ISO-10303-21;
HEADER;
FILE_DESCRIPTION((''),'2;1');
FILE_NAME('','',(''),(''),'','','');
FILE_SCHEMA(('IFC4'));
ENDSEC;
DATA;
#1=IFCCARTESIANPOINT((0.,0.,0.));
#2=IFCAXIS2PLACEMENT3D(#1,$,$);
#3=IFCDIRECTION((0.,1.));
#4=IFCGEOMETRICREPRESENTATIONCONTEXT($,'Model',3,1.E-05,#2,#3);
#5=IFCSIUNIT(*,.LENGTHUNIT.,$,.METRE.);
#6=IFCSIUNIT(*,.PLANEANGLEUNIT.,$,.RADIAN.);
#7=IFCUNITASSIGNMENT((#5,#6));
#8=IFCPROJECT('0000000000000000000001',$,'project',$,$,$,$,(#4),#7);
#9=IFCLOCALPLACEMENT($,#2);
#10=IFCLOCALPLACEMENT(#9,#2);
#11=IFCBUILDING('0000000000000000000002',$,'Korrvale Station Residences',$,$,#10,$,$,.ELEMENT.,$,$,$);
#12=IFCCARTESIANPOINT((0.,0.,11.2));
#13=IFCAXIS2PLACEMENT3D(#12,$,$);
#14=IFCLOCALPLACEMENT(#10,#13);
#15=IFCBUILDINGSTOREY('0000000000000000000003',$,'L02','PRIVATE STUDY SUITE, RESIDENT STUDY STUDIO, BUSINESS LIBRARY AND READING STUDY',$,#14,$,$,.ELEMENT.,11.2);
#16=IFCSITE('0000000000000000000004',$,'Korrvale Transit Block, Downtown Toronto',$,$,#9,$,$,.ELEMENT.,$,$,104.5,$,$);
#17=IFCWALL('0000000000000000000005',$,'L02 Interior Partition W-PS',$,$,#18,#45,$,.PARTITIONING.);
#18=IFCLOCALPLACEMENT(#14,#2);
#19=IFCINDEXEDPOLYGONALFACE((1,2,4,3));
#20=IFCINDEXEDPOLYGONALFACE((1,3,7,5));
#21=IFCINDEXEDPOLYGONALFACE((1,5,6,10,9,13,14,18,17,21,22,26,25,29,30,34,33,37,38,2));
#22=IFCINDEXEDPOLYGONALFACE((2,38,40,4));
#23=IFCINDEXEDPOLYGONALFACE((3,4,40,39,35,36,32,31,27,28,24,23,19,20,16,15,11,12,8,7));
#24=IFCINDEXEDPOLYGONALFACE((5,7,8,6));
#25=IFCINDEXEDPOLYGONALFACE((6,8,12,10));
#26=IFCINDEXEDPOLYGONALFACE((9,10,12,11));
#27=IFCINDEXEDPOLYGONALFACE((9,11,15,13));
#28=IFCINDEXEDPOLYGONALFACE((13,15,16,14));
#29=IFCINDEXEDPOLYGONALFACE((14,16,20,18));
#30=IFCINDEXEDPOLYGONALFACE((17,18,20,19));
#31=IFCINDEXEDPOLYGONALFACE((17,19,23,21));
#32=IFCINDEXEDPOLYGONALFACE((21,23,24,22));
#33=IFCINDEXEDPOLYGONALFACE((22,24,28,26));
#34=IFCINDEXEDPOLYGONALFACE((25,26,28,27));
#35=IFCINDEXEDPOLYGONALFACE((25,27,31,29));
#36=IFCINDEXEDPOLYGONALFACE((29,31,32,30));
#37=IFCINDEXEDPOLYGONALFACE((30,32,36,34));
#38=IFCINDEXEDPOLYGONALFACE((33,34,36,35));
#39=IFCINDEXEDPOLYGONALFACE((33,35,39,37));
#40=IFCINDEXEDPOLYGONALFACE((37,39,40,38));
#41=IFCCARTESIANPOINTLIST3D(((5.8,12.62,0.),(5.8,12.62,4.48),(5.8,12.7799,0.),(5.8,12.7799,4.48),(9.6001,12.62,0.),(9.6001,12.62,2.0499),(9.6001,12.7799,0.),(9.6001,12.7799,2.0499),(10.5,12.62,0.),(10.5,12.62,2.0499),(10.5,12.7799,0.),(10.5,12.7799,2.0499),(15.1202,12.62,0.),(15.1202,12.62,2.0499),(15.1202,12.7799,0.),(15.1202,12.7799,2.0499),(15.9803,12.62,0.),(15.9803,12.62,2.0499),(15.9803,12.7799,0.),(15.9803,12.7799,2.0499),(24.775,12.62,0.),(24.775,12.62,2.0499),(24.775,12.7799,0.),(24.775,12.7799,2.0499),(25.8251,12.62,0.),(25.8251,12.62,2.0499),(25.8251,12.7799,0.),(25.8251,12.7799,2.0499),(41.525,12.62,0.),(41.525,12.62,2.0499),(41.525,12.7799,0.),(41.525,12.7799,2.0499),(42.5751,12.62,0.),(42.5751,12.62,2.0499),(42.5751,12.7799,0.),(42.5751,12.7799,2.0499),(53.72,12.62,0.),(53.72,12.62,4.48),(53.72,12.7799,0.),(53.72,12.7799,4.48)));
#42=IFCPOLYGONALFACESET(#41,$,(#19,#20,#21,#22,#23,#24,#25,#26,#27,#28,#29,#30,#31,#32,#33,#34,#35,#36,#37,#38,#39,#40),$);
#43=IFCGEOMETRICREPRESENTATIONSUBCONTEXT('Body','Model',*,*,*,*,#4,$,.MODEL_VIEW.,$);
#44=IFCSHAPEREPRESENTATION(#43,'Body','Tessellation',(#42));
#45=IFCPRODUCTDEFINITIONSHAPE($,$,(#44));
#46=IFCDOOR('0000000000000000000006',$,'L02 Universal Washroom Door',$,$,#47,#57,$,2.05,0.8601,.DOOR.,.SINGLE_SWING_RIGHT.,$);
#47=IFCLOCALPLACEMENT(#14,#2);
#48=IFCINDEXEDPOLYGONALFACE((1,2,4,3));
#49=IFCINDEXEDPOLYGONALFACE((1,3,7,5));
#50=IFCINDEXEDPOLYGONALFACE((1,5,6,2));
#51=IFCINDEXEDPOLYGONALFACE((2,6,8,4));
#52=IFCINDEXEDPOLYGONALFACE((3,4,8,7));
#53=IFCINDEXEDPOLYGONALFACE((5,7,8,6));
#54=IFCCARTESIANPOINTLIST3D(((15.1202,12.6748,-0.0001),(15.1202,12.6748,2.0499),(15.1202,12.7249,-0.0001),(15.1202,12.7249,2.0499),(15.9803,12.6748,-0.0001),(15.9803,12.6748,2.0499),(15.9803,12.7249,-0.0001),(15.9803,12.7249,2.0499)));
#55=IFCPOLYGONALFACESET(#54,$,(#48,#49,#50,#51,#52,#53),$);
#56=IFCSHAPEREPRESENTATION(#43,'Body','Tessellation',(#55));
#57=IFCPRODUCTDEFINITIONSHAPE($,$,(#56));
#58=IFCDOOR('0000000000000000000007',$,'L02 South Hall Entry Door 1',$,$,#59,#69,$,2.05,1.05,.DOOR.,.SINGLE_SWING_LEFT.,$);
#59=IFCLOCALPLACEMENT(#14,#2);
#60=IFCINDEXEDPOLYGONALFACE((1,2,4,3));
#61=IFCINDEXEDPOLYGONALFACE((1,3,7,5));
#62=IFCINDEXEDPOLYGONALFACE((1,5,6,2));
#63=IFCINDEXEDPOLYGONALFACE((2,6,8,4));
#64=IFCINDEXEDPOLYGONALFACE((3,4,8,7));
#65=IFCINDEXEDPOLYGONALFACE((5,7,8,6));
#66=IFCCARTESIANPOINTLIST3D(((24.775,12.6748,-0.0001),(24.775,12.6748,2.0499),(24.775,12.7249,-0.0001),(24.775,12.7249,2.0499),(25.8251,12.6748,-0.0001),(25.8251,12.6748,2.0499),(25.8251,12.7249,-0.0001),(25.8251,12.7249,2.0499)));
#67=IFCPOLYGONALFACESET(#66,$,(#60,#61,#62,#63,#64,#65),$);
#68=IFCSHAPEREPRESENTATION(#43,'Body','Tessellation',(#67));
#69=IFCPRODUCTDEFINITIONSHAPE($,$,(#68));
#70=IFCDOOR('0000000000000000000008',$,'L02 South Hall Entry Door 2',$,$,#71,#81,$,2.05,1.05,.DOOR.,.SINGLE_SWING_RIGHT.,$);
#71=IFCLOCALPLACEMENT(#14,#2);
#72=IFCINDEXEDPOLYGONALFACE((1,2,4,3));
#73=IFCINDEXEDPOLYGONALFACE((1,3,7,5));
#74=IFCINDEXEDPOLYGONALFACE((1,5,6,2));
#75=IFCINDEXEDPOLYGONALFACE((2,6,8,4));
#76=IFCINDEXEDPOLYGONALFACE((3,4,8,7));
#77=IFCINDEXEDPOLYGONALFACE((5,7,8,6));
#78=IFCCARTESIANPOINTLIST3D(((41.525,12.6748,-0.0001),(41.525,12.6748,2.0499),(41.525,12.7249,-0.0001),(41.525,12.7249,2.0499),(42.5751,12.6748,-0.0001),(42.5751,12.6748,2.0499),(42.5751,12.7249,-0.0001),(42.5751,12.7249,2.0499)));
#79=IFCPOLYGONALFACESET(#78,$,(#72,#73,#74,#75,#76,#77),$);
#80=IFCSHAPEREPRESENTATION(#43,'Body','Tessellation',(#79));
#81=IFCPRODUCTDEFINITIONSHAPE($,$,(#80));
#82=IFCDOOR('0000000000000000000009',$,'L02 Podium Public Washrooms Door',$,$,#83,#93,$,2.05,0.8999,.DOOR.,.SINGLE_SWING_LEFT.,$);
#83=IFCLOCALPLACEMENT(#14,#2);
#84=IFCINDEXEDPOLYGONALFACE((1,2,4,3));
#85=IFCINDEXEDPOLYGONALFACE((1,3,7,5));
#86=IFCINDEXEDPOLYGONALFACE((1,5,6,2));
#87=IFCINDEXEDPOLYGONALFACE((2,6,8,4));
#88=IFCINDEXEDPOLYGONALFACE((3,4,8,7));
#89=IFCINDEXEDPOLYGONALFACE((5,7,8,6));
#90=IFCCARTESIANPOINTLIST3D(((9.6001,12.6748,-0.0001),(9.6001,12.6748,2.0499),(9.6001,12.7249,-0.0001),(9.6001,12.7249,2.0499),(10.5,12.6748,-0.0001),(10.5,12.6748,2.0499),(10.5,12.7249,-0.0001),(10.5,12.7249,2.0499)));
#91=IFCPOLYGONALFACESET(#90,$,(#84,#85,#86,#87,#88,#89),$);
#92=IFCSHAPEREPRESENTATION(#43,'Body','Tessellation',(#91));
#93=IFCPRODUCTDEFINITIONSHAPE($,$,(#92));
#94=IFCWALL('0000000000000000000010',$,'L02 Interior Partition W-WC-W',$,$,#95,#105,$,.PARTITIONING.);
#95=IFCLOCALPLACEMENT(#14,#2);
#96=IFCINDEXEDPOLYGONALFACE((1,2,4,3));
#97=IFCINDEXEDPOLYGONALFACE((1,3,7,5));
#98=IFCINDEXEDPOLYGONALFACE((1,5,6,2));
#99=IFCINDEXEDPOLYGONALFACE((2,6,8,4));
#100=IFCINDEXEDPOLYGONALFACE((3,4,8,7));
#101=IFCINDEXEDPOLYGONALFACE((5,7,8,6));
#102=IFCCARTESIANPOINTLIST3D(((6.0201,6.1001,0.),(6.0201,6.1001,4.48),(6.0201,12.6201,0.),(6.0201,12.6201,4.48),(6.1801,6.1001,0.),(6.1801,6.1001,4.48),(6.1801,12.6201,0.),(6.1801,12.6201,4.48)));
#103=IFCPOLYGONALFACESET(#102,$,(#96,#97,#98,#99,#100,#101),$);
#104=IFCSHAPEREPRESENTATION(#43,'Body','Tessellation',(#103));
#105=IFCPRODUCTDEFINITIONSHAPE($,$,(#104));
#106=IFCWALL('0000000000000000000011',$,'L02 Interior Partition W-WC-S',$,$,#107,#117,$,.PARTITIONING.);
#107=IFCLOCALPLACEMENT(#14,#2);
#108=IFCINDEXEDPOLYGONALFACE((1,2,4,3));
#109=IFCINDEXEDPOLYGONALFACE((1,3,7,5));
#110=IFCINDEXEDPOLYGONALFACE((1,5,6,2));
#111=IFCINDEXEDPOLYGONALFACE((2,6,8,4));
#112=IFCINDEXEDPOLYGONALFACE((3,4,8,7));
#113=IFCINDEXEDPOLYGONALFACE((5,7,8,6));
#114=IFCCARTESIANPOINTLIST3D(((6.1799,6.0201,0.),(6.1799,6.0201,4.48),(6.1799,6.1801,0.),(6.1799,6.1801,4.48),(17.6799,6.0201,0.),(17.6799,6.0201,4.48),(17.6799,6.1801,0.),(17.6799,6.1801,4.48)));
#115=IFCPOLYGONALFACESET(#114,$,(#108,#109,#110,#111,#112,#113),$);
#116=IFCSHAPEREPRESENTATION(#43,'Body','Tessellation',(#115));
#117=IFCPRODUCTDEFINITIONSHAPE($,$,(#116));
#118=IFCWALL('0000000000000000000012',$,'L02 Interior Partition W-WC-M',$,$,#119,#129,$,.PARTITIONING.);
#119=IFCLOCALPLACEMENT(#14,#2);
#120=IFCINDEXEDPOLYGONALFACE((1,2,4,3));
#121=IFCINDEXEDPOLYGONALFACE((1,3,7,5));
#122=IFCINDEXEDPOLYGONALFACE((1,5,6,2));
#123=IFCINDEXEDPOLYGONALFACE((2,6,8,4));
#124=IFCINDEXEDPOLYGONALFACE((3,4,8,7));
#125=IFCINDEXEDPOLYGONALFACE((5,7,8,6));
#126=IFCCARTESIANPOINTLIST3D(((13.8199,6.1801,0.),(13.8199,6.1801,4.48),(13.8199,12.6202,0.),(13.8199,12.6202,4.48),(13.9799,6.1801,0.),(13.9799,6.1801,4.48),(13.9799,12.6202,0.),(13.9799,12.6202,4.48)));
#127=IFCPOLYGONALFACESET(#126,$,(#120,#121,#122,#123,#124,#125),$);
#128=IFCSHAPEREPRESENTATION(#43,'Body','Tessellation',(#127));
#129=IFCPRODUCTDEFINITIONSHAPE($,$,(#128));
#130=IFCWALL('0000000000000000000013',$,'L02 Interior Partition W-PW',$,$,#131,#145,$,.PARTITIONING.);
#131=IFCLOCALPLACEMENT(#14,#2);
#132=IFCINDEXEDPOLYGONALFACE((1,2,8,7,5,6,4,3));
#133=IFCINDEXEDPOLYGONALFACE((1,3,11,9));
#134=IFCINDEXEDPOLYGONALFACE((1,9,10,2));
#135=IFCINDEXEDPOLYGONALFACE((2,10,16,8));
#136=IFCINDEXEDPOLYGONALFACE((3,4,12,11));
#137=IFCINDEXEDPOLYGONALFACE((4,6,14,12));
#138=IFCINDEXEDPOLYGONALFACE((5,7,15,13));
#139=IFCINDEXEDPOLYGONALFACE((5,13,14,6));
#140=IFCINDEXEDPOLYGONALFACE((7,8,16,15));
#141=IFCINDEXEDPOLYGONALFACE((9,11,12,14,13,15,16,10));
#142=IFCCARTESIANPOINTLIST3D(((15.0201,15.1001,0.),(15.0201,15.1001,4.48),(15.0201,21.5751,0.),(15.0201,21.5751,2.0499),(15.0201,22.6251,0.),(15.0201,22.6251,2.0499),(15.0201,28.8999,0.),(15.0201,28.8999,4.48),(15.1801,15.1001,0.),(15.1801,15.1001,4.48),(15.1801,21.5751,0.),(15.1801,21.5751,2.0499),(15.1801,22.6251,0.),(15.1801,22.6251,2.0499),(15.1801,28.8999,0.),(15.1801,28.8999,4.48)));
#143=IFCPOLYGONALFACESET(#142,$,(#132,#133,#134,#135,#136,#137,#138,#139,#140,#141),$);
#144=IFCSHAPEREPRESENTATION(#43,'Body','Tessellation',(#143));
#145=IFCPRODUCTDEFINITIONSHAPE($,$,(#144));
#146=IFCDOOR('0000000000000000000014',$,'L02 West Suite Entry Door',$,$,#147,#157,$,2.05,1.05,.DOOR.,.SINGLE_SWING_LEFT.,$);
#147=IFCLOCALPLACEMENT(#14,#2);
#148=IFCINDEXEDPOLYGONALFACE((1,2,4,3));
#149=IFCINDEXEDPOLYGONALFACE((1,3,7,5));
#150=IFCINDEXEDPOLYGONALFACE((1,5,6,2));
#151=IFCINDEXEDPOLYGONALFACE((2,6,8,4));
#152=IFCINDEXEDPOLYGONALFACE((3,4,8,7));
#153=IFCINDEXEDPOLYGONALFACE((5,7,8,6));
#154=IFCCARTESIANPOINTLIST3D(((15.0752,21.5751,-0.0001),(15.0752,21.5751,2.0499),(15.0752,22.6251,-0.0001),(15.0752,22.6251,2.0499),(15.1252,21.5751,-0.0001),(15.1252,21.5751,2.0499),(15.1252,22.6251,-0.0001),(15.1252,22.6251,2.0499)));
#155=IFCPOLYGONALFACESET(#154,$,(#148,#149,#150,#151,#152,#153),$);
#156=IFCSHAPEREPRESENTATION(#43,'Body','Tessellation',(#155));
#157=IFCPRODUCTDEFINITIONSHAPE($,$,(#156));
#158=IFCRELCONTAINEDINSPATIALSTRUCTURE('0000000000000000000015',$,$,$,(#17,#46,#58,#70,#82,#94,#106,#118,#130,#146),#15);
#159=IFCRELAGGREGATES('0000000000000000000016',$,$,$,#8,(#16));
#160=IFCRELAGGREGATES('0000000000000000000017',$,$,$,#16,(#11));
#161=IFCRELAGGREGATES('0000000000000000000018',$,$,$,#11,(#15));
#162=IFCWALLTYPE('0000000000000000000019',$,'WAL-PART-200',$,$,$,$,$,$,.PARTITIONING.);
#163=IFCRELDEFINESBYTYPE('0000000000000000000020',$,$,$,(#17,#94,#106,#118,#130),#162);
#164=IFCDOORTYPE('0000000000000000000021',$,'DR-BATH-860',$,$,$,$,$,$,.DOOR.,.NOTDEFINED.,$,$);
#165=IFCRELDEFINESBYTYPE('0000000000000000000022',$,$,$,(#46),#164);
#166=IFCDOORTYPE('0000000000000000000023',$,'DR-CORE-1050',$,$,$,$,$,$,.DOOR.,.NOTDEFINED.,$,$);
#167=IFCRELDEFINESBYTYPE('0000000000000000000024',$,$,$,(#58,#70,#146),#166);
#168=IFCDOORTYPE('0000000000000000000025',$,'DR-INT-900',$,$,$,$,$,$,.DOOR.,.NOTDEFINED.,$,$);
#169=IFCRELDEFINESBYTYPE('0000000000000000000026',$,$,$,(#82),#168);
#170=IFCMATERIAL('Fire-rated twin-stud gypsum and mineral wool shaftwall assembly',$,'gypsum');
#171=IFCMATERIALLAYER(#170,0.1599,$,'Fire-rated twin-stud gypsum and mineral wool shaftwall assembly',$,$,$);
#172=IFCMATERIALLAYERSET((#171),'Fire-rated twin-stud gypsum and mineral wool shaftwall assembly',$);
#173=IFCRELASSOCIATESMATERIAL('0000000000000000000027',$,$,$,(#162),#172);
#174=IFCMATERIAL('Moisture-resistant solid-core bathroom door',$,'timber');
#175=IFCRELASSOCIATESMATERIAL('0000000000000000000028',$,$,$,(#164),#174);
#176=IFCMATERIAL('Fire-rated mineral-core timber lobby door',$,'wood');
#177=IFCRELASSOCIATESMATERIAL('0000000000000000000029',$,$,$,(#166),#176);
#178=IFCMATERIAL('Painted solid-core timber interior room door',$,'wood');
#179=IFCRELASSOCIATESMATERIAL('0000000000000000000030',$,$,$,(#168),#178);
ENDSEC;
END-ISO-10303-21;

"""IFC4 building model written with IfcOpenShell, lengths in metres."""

from ifc_helpers import new_model, si_unit, direction, frame, frame_2d, origin, place, context, subcontext, project, spatial, rectangle, extrude, material, layer, layer_set, type_object, element, fill, save


model = new_model("IFC4")

# Units and contexts
model_context = context("Model", 3, precision=1e-05, world=origin(), true_north=direction((0.0, 1.0)))
body_context = subcontext(model_context, "Body", "Model", "MODEL_VIEW")
ifc_project = project(units=[si_unit("LENGTHUNIT", "METRE"), si_unit("PLANEANGLEUNIT", "RADIAN")], contexts=[model_context])

# Site, building, storey
site_placement = place(None, origin())
site = spatial("IfcSite", under=ifc_project, at=site_placement, Name="Korrvale Transit Block, Downtown Toronto", CompositionType="ELEMENT", RefElevation=104.5)
building_placement = place(site_placement, origin())
building = spatial("IfcBuilding", under=site, at=building_placement, Name="Korrvale Station Residences", CompositionType="ELEMENT")
storey_placement = place(building_placement, frame((0.0, 0.0, 11.2)))
storey = spatial("IfcBuildingStorey", under=building, at=storey_placement, Name="L02", Description="PRIVATE STUDY SUITE, RESIDENT STUDY STUDIO, BUSINESS LIBRARY AND READING STUDY", CompositionType="ELEMENT", Elevation=11.2)

# Wall, openings, doors
ifc_material_1 = material(Name="Fire-rated twin-stud gypsum and mineral wool shaftwall assembly", Category="gypsum")
ifc_layer_1 = layer(ifc_material_1, 0.1599, Name="Fire-rated twin-stud gypsum and mineral wool shaftwall assembly")
ifc_layer_set_1 = layer_set([ifc_layer_1], Name="Fire-rated twin-stud gypsum and mineral wool shaftwall assembly")
wall_type_1 = type_object("IfcWallType", Name="WAL-PART-200", PredefinedType="PARTITIONING", material=ifc_layer_set_1)
wall_1_placement = place(storey_placement, frame((5.8, 12.7, 0.0), z_axis=(0.0, 0.0, 1.0), x_axis=(1.0, 0.0, 0.0)))
wall_1 = element("IfcWall", 1, at=wall_1_placement, inside=storey, type_object=wall_type_1, Name="L02 Interior Partition W-PS", PredefinedType="PARTITIONING", context=body_context, shape_type="SweptSolid", body=[
    extrude(rectangle(XDim=47.9199, YDim=0.1599, at=frame_2d((23.96, 0.0))), origin(), (0.0, 0.0, 1.0), 4.48),
])
opening_1_placement = place(wall_1_placement, frame((3.8, 0.0, 0.0)))
opening_1 = element("IfcOpeningElement", 2, at=opening_1_placement, cuts=wall_1, PredefinedType="OPENING", context=body_context, shape_type="SweptSolid", body=[
    extrude(rectangle(XDim=0.8999, YDim=2.05, at=frame_2d((0.45, 1.0249))), frame((0.0, 0.0898, 0.0), z_axis=(0.0, -1.0, 0.0), x_axis=(1.0, 0.0, 0.0)), (0.0, 0.0, 1.0), 0.1799),
])
opening_2_placement = place(wall_1_placement, frame((9.3201, 0.0, 0.0)))
opening_2 = element("IfcOpeningElement", 3, at=opening_2_placement, cuts=wall_1, PredefinedType="OPENING", context=body_context, shape_type="SweptSolid", body=[
    extrude(rectangle(XDim=0.8601, YDim=2.05, at=frame_2d((0.4302, 1.0249))), frame((0.0, 0.0898, 0.0), z_axis=(0.0, -1.0, 0.0), x_axis=(1.0, 0.0, 0.0)), (0.0, 0.0, 1.0), 0.1799),
])
opening_3_placement = place(wall_1_placement, frame((18.9751, 0.0, 0.0)))
opening_3 = element("IfcOpeningElement", 4, at=opening_3_placement, cuts=wall_1, PredefinedType="OPENING", context=body_context, shape_type="SweptSolid", body=[
    extrude(rectangle(XDim=1.05, YDim=2.05, at=frame_2d((0.5249, 1.0249))), frame((0.0, 0.0898, 0.0), z_axis=(0.0, -1.0, 0.0), x_axis=(1.0, 0.0, 0.0)), (0.0, 0.0, 1.0), 0.1799),
])
opening_4_placement = place(wall_1_placement, frame((35.7251, 0.0, 0.0)))
opening_4 = element("IfcOpeningElement", 5, at=opening_4_placement, cuts=wall_1, PredefinedType="OPENING", context=body_context, shape_type="SweptSolid", body=[
    extrude(rectangle(XDim=1.05, YDim=2.05, at=frame_2d((0.5249, 1.0249))), frame((0.0, 0.0898, 0.0), z_axis=(0.0, -1.0, 0.0), x_axis=(1.0, 0.0, 0.0)), (0.0, 0.0, 1.0), 0.1799),
])
ifc_material_2 = material(Name="Moisture-resistant solid-core bathroom door", Category="timber")
door_type_1 = type_object("IfcDoorType", Name="DR-BATH-860", OperationType="NOTDEFINED", PredefinedType="DOOR", material=ifc_material_2)
door_1_placement = place(opening_2_placement, origin())
door_1 = element("IfcDoor", 6, at=door_1_placement, inside=storey, type_object=door_type_1, Name="L02 Universal Washroom Door", OperationType="SINGLE_SWING_RIGHT", OverallHeight=2.05, OverallWidth=0.8601, PredefinedType="DOOR", context=body_context, shape_type="SweptSolid", body=[
    extrude(rectangle(XDim=0.8601, YDim=2.05, at=frame_2d((0.4302, 1.0249))), frame((0.0, 0.0249, 0.0), z_axis=(0.0, -1.0, 0.0), x_axis=(1.0, 0.0, 0.0)), (0.0, 0.0, 1.0), 0.05),
])
fill(opening_2, door_1)
ifc_material_3 = material(Name="Fire-rated mineral-core timber lobby door", Category="wood")
door_type_2 = type_object("IfcDoorType", Name="DR-CORE-1050", OperationType="NOTDEFINED", PredefinedType="DOOR", material=ifc_material_3)
door_2_placement = place(opening_3_placement, origin())
door_2 = element("IfcDoor", 7, at=door_2_placement, inside=storey, type_object=door_type_2, Name="L02 South Hall Entry Door 1", OperationType="SINGLE_SWING_LEFT", OverallHeight=2.05, OverallWidth=1.05, PredefinedType="DOOR", context=body_context, shape_type="SweptSolid", body=[
    extrude(rectangle(XDim=1.05, YDim=2.05, at=frame_2d((0.5249, 1.0249))), frame((0.0, 0.0249, 0.0), z_axis=(0.0, -1.0, 0.0), x_axis=(1.0, 0.0, 0.0)), (0.0, 0.0, 1.0), 0.05),
])
fill(opening_3, door_2)
door_3_placement = place(opening_4_placement, origin())
door_3 = element("IfcDoor", 8, at=door_3_placement, inside=storey, type_object=door_type_2, Name="L02 South Hall Entry Door 2", OperationType="SINGLE_SWING_RIGHT", OverallHeight=2.05, OverallWidth=1.05, PredefinedType="DOOR", context=body_context, shape_type="SweptSolid", body=[
    extrude(rectangle(XDim=1.05, YDim=2.05, at=frame_2d((0.5249, 1.0249))), frame((0.0, 0.0249, 0.0), z_axis=(0.0, -1.0, 0.0), x_axis=(1.0, 0.0, 0.0)), (0.0, 0.0, 1.0), 0.05),
])
fill(opening_4, door_3)
ifc_material_4 = material(Name="Painted solid-core timber interior room door", Category="wood")
door_type_3 = type_object("IfcDoorType", Name="DR-INT-900", OperationType="NOTDEFINED", PredefinedType="DOOR", material=ifc_material_4)
door_4_placement = place(opening_1_placement, origin())
door_4 = element("IfcDoor", 9, at=door_4_placement, inside=storey, type_object=door_type_3, Name="L02 Podium Public Washrooms Door", OperationType="SINGLE_SWING_LEFT", OverallHeight=2.05, OverallWidth=0.8999, PredefinedType="DOOR", context=body_context, shape_type="SweptSolid", body=[
    extrude(rectangle(XDim=0.8999, YDim=2.05, at=frame_2d((0.45, 1.0249))), frame((0.0, 0.0249, 0.0), z_axis=(0.0, -1.0, 0.0), x_axis=(1.0, 0.0, 0.0)), (0.0, 0.0, 1.0), 0.05),
])
fill(opening_1, door_4)

# Walls
wall_2_placement = place(storey_placement, frame((6.1001, 6.1001, 0.0), z_axis=(0.0, 0.0, 1.0), x_axis=(0.0, 1.0, 0.0)))
element("IfcWall", 10, at=wall_2_placement, inside=storey, type_object=wall_type_1, Name="L02 Interior Partition W-WC-W", PredefinedType="PARTITIONING", context=body_context, shape_type="SweptSolid", body=[
    extrude(rectangle(XDim=6.52, YDim=0.1599, at=frame_2d((3.26, 0.0))), origin(), (0.0, 0.0, 1.0), 4.48),
])
wall_3_placement = place(storey_placement, frame((6.1799, 6.1001, 0.0), z_axis=(0.0, 0.0, 1.0), x_axis=(1.0, 0.0, 0.0)))
element("IfcWall", 11, at=wall_3_placement, inside=storey, type_object=wall_type_1, Name="L02 Interior Partition W-WC-S", PredefinedType="PARTITIONING", context=body_context, shape_type="SweptSolid", body=[
    extrude(rectangle(XDim=11.5, YDim=0.1599, at=frame_2d((5.75, 0.0))), origin(), (0.0, 0.0, 1.0), 4.48),
])
wall_4_placement = place(storey_placement, frame((13.8999, 6.1799, 0.0), z_axis=(0.0, 0.0, 1.0), x_axis=(0.0, 1.0, 0.0)))
element("IfcWall", 12, at=wall_4_placement, inside=storey, type_object=wall_type_1, Name="L02 Interior Partition W-WC-M", PredefinedType="PARTITIONING", context=body_context, shape_type="SweptSolid", body=[
    extrude(rectangle(XDim=6.4402, YDim=0.1599, at=frame_2d((3.2202, 0.0))), origin(), (0.0, 0.0, 1.0), 4.48),
])

# Wall, opening, door
wall_5_placement = place(storey_placement, frame((15.1001, 15.1001, 0.0), z_axis=(0.0, 0.0, 1.0), x_axis=(0.0, 1.0, 0.0)))
wall_5 = element("IfcWall", 13, at=wall_5_placement, inside=storey, type_object=wall_type_1, Name="L02 Interior Partition W-PW", PredefinedType="PARTITIONING", context=body_context, shape_type="SweptSolid", body=[
    extrude(rectangle(XDim=13.7998, YDim=0.1599, at=frame_2d((6.8999, 0.0))), origin(), (0.0, 0.0, 1.0), 4.48),
])
opening_5_placement = place(wall_5_placement, frame((6.4751, 0.0, 0.0)))
opening_5 = element("IfcOpeningElement", 14, at=opening_5_placement, cuts=wall_5, PredefinedType="OPENING", context=body_context, shape_type="SweptSolid", body=[
    extrude(rectangle(XDim=1.05, YDim=2.05, at=frame_2d((0.5249, 1.0249))), frame((0.0, 0.0898, 0.0), z_axis=(0.0, -1.0, 0.0), x_axis=(1.0, 0.0, 0.0)), (0.0, 0.0, 1.0), 0.1799),
])
door_5_placement = place(opening_5_placement, origin())
door_5 = element("IfcDoor", 15, at=door_5_placement, inside=storey, type_object=door_type_2, Name="L02 West Suite Entry Door", OperationType="SINGLE_SWING_LEFT", OverallHeight=2.05, OverallWidth=1.05, PredefinedType="DOOR", context=body_context, shape_type="SweptSolid", body=[
    extrude(rectangle(XDim=1.05, YDim=2.05, at=frame_2d((0.5249, 1.0249))), frame((0.0, 0.0249, 0.0), z_axis=(0.0, -1.0, 0.0), x_axis=(1.0, 0.0, 0.0)), (0.0, 0.0, 1.0), 0.05),
])
fill(opening_5, door_5)

save(model, "model.ifc")
